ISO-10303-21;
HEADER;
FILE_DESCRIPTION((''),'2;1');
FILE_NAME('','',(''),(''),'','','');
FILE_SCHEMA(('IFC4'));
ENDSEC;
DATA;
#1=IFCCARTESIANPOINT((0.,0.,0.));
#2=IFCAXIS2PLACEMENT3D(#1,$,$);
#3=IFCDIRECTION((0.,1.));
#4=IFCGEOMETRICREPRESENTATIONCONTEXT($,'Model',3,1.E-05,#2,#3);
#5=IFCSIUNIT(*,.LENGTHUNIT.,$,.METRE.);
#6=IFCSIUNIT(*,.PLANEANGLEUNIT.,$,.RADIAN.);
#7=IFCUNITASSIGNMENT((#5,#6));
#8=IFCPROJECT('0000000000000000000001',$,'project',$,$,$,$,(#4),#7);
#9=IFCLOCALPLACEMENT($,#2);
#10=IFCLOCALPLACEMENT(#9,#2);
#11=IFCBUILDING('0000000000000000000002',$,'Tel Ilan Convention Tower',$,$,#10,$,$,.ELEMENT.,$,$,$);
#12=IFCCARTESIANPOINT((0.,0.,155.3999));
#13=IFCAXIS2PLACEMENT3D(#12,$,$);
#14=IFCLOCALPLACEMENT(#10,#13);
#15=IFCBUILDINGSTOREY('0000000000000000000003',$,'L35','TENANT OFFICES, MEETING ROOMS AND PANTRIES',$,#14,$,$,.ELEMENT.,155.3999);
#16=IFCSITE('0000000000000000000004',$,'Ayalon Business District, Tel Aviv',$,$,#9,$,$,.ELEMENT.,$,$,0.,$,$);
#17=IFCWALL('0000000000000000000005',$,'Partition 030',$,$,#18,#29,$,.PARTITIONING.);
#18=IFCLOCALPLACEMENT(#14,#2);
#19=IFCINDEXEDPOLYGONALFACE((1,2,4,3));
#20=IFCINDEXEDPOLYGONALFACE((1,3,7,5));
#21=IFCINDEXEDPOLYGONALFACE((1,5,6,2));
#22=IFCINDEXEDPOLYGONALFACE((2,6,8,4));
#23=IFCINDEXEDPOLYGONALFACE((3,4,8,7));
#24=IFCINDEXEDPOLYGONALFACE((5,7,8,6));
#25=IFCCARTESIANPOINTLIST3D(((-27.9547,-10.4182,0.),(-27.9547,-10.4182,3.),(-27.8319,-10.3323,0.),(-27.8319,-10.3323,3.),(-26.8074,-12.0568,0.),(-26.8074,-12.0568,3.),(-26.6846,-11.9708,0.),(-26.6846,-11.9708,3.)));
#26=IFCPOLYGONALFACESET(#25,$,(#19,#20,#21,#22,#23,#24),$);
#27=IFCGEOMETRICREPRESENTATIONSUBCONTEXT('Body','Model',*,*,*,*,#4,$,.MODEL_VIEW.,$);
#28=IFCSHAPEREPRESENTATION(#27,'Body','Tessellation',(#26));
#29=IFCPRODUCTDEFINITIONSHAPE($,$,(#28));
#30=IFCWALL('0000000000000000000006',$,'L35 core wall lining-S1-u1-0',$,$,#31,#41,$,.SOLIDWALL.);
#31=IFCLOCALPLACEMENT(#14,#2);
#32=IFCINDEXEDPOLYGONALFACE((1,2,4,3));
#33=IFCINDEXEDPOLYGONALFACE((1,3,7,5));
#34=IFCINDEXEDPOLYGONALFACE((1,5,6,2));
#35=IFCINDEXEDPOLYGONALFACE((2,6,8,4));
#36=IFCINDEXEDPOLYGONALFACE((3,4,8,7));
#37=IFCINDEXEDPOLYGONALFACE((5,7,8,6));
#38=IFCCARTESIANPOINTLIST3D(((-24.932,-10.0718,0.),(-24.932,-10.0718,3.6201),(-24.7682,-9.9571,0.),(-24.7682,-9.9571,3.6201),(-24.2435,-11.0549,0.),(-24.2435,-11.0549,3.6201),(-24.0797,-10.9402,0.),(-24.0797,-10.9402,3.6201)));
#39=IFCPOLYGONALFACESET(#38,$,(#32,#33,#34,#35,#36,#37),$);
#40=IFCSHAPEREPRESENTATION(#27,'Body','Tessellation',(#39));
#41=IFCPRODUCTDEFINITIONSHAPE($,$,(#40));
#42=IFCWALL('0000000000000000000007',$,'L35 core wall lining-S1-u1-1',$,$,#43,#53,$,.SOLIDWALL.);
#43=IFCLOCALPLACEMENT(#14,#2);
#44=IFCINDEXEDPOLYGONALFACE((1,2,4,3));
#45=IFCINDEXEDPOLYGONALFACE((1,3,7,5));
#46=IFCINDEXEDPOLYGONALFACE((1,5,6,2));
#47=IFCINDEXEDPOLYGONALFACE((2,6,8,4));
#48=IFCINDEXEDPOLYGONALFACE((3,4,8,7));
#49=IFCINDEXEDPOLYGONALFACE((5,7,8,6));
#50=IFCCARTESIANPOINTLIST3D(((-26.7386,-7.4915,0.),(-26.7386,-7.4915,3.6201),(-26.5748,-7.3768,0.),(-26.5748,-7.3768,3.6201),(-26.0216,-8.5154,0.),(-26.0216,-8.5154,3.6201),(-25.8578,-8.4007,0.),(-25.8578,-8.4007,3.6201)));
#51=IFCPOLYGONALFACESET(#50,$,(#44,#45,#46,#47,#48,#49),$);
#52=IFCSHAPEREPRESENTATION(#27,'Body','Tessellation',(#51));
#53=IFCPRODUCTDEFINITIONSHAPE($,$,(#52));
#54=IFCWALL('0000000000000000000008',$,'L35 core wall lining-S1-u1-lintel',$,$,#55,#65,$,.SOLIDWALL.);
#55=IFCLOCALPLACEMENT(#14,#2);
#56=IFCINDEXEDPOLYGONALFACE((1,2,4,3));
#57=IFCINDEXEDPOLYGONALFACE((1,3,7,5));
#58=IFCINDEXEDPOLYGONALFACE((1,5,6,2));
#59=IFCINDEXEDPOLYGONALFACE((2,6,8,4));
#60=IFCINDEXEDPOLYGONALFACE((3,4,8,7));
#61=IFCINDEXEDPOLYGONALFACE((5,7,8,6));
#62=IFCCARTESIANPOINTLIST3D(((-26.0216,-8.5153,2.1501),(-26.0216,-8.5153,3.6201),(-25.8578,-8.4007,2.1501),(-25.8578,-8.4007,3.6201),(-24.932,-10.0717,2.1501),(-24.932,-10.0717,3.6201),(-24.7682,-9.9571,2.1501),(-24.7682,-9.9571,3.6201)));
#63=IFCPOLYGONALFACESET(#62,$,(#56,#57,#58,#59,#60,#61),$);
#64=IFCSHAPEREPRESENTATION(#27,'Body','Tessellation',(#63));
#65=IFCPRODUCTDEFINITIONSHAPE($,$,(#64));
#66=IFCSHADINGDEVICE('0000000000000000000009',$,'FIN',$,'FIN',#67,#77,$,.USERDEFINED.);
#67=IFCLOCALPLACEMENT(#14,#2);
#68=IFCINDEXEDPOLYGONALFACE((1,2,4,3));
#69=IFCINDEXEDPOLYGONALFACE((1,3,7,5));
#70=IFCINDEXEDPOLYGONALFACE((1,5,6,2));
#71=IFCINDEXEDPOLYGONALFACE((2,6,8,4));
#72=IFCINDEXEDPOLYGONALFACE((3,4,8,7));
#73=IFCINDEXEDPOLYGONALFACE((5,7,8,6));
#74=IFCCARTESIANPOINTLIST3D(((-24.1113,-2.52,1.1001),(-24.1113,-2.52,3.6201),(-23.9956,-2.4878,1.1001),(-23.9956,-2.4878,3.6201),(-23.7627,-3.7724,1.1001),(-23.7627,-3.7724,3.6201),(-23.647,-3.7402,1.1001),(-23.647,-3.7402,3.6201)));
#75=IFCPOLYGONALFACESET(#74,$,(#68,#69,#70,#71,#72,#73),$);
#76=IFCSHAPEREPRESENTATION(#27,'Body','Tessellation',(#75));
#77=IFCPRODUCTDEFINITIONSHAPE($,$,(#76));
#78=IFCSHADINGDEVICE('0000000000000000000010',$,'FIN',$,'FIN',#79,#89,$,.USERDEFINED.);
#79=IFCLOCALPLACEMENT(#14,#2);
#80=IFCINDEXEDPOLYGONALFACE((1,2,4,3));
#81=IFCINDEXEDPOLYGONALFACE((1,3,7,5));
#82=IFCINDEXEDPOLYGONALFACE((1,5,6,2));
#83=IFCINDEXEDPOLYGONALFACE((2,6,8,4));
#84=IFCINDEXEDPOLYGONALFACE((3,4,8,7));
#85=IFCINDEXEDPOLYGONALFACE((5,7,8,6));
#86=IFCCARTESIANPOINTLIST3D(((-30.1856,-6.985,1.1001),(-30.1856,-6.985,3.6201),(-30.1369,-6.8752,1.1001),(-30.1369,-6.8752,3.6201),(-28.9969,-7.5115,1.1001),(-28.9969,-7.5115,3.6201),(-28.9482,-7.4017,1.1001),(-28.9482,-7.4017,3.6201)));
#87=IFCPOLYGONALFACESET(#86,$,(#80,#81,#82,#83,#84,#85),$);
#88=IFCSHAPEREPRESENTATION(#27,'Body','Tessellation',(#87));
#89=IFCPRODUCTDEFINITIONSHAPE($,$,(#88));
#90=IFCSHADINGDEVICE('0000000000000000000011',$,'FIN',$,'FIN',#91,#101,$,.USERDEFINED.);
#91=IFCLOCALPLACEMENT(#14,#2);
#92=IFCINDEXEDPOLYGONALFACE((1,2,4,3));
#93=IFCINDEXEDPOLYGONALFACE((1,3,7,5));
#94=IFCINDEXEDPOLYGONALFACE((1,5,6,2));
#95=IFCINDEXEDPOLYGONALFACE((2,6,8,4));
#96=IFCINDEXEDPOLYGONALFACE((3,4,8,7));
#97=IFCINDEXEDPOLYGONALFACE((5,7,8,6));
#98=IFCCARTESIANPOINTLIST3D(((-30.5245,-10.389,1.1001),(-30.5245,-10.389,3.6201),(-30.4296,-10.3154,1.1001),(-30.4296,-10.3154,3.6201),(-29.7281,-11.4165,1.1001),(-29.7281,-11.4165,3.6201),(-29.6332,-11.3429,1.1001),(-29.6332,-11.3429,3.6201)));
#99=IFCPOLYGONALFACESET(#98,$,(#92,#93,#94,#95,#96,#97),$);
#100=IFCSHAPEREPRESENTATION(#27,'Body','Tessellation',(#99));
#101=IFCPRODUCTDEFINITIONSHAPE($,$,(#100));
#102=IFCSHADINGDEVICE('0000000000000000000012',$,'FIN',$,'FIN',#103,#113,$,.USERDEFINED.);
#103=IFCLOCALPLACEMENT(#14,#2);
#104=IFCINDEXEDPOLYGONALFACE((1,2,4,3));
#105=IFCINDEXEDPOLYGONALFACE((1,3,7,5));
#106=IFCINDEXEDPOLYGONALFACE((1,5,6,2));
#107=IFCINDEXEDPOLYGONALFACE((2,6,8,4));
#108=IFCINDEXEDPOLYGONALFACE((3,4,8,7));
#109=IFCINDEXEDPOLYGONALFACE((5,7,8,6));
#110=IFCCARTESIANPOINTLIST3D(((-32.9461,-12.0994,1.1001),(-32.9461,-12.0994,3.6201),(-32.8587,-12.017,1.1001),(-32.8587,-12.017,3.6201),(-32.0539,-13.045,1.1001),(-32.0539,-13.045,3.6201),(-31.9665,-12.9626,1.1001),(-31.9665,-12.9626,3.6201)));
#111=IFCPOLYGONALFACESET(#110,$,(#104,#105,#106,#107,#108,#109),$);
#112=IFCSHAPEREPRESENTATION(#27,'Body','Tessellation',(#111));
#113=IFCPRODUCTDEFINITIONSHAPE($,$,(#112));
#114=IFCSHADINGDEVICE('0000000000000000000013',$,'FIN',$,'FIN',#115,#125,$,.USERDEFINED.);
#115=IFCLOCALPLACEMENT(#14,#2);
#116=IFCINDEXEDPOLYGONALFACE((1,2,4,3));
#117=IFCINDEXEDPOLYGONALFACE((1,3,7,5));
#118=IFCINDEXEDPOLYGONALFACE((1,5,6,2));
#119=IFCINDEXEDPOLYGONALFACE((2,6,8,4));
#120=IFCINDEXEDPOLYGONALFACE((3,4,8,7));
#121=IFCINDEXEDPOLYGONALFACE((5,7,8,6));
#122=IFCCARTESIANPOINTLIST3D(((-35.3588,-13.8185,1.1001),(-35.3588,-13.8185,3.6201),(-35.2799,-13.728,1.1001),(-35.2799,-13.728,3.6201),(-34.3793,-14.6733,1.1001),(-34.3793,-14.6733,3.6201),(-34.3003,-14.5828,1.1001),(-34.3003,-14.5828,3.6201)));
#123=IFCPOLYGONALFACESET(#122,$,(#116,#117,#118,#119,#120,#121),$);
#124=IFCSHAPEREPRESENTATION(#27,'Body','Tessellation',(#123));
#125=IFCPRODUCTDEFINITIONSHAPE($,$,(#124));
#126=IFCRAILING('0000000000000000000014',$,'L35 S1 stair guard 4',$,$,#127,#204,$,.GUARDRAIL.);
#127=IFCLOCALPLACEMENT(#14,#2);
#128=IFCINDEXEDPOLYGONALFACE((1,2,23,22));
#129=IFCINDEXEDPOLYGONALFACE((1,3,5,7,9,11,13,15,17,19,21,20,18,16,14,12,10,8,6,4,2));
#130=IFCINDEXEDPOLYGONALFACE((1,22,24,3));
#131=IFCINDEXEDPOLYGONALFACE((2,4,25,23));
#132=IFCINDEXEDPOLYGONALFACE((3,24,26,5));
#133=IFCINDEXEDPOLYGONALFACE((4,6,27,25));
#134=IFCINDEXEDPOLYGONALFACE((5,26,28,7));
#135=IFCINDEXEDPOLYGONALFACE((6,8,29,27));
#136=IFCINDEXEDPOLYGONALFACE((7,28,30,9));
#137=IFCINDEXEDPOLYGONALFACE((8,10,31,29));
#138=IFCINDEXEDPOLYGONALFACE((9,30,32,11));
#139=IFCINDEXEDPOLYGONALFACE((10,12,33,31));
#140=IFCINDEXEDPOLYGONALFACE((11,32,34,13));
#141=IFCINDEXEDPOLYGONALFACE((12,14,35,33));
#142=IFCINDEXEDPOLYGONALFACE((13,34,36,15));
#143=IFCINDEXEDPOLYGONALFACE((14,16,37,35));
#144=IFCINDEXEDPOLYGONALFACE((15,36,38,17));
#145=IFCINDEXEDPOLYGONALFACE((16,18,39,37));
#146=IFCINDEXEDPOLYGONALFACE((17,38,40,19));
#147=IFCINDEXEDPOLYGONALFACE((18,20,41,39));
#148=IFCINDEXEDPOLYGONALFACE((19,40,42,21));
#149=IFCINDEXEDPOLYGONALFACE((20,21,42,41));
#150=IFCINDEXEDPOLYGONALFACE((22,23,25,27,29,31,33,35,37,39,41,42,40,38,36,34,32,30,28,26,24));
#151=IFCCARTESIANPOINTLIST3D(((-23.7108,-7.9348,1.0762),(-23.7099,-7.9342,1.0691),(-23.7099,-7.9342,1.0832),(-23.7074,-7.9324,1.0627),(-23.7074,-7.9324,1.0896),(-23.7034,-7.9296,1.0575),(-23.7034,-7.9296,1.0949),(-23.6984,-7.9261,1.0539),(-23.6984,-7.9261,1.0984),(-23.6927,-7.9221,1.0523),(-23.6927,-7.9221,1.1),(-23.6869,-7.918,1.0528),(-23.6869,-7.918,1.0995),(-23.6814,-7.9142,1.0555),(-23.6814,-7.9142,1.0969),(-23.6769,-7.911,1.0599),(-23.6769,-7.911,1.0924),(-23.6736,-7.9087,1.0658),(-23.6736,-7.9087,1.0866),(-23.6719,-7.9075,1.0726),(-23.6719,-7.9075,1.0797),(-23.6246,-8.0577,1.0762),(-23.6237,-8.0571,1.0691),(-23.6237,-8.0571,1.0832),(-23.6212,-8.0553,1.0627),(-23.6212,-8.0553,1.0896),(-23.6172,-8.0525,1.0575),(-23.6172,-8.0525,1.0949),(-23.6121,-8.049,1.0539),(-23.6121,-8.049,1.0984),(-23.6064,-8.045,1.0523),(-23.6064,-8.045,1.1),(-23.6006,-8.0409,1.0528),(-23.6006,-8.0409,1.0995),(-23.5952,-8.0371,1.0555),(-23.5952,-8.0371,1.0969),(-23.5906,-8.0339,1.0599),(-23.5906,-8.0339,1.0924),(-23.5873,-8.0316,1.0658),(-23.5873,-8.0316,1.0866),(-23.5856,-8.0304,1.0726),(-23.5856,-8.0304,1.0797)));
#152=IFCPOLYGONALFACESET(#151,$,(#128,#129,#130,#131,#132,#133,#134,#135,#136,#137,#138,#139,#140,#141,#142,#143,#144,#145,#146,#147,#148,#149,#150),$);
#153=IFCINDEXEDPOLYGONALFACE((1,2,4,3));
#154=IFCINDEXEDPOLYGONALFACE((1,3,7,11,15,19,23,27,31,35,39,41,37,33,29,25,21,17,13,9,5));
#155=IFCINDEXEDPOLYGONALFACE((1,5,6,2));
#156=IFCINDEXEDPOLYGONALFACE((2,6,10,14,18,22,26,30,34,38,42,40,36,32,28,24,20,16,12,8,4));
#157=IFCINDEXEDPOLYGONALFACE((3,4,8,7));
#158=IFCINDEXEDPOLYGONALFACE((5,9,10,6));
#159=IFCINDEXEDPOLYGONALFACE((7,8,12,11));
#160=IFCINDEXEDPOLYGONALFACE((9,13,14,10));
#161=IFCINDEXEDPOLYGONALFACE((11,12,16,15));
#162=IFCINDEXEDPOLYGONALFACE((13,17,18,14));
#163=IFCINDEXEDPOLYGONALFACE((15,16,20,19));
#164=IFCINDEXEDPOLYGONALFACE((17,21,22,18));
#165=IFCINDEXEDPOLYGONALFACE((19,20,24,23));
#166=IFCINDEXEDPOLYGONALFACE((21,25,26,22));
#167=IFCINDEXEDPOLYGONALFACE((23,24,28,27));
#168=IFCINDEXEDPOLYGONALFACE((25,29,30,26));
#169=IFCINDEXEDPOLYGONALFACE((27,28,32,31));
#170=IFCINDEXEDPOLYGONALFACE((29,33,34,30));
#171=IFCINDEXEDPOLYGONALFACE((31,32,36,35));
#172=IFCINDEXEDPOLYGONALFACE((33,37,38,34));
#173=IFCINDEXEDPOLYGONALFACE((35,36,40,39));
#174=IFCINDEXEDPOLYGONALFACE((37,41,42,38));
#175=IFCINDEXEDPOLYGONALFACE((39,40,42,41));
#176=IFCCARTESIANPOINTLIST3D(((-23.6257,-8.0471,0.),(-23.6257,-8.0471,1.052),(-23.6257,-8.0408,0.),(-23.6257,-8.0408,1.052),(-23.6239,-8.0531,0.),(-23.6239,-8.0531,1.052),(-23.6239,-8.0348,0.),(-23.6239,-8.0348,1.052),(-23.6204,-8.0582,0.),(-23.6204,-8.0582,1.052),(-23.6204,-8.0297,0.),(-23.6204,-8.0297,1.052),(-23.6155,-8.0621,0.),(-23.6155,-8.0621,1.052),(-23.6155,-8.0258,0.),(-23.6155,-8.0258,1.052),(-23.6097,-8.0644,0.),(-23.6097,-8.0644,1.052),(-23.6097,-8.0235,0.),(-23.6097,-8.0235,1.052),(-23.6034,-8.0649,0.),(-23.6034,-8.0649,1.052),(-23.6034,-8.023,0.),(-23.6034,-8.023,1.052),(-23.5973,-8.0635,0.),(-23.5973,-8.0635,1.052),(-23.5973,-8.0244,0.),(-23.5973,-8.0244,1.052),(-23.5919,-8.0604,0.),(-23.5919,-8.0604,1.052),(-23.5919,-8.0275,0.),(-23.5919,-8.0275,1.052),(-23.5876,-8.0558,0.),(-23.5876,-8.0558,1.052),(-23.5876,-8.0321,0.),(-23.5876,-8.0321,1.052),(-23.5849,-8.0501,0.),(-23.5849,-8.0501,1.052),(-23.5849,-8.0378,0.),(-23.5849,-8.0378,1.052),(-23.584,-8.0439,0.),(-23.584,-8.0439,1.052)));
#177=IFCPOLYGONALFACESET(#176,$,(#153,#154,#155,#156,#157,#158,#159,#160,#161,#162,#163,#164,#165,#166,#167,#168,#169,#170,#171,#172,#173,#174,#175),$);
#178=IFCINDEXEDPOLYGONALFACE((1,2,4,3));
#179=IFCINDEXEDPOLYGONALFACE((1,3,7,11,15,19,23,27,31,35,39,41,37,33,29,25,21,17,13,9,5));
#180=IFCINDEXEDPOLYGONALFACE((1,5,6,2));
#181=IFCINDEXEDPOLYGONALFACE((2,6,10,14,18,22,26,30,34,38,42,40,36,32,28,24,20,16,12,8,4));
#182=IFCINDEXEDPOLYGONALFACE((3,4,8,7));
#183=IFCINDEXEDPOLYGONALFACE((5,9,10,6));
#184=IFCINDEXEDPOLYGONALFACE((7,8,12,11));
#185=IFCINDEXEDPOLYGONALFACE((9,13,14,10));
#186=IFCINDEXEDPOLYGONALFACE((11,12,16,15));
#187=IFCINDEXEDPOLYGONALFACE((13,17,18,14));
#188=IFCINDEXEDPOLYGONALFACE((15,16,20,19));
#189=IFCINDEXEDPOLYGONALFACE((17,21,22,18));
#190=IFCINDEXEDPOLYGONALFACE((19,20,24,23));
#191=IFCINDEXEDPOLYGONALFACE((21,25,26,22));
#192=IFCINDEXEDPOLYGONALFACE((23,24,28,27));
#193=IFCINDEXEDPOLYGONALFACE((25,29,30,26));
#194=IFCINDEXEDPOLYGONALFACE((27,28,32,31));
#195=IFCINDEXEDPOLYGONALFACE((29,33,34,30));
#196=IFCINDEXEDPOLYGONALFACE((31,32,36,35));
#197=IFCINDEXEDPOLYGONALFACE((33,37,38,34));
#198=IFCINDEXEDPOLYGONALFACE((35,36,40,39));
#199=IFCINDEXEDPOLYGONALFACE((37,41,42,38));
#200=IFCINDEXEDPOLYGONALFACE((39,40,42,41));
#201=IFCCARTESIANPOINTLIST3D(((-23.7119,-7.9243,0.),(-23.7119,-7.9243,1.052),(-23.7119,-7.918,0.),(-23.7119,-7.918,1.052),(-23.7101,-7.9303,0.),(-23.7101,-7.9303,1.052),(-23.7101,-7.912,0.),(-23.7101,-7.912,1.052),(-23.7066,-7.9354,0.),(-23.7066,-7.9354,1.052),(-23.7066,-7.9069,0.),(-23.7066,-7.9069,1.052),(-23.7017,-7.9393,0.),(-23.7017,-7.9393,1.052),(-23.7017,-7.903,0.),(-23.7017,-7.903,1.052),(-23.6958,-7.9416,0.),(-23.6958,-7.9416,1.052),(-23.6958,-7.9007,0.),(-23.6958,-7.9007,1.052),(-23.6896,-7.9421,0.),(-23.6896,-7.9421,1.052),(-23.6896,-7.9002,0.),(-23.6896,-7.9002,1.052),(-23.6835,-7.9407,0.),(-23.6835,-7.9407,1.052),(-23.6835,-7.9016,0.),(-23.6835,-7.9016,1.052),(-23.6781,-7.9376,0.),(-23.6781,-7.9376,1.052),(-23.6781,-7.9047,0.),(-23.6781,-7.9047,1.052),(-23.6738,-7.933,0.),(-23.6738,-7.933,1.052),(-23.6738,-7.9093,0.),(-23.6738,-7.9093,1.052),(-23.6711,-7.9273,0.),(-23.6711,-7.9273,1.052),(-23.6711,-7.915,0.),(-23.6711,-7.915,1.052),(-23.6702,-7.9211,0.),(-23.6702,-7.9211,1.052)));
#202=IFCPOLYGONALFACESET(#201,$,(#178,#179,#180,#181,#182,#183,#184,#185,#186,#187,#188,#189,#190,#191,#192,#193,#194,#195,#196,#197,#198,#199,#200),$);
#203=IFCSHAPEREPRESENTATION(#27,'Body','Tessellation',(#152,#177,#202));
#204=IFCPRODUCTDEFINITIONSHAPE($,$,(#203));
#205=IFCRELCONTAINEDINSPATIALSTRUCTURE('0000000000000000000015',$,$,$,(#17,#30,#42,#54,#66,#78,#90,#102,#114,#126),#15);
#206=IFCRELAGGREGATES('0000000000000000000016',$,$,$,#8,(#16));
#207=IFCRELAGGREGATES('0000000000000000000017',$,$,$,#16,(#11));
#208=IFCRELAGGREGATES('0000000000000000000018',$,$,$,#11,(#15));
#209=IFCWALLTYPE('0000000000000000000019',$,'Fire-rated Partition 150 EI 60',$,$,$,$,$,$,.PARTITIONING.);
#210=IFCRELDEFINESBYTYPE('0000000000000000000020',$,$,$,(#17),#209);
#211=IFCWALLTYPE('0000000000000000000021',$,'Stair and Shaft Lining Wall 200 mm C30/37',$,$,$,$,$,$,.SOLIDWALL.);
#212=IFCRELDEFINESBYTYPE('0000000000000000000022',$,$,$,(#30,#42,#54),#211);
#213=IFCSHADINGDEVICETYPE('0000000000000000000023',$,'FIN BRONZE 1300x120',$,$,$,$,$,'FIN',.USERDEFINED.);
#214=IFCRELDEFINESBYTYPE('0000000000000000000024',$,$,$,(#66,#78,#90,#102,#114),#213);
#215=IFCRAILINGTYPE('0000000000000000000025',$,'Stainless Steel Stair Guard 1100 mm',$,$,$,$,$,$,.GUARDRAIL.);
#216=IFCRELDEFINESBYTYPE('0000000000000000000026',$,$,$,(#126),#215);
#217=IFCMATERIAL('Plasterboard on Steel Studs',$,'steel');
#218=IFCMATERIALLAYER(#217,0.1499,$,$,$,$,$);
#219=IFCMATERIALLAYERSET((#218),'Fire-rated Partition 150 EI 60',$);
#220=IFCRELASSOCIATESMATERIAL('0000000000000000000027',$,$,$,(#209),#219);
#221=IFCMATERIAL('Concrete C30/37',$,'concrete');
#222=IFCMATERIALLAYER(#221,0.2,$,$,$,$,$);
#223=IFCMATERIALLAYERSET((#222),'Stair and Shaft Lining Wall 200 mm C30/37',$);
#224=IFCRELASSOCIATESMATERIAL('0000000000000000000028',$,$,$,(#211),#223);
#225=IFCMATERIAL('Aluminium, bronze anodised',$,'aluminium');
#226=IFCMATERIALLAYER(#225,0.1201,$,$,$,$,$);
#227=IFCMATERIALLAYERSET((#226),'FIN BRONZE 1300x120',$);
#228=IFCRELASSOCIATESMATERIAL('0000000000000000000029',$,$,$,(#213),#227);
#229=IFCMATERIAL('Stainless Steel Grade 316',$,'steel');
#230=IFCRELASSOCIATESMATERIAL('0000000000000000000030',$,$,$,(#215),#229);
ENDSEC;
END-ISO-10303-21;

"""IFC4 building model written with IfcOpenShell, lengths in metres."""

from ifc_helpers import new_model, si_unit, direction, frame, frame_2d, origin, origin_2d, place, context, subcontext, project, spatial, rectangle, circle, extrude, material, layer, layer_set, type_object, element, save


model = new_model("IFC4")

# Units and contexts
model_context = context("Model", 3, precision=1e-05, world=origin(), true_north=direction((0.0, 1.0)))
body_context = subcontext(model_context, "Body", "Model", "MODEL_VIEW")
ifc_project = project(units=[si_unit("LENGTHUNIT", "METRE"), si_unit("PLANEANGLEUNIT", "RADIAN")], contexts=[model_context])

# Site, building, storey
site_placement = place(None, origin())
site = spatial("IfcSite", under=ifc_project, at=site_placement, Name="Ayalon Business District, Tel Aviv", CompositionType="ELEMENT", RefElevation=0.0)
building_placement = place(site_placement, origin())
building = spatial("IfcBuilding", under=site, at=building_placement, Name="Tel Ilan Convention Tower", CompositionType="ELEMENT")
storey_placement = place(building_placement, frame((0.0, 0.0, 155.3999)))
storey = spatial("IfcBuildingStorey", under=building, at=storey_placement, Name="L35", Description="TENANT OFFICES, MEETING ROOMS AND PANTRIES", CompositionType="ELEMENT", Elevation=155.3999)

# Walls
ifc_material_1 = material(Name="Plasterboard on Steel Studs", Category="steel")
ifc_layer_1 = layer(ifc_material_1, 0.1499)
ifc_layer_set_1 = layer_set([ifc_layer_1], Name="Fire-rated Partition 150 EI 60")
wall_type_1 = type_object("IfcWallType", Name="Fire-rated Partition 150 EI 60", PredefinedType="PARTITIONING", material=ifc_layer_set_1)
wall_1_placement = place(storey_placement, frame((-26.7461, -12.0137, 0.0), z_axis=(0.0, 0.0, 1.0), x_axis=(-0.573569, 0.819157, 0.0)))
element("IfcWall", 1, at=wall_1_placement, inside=storey, type_object=wall_type_1, Name="Partition 030", PredefinedType="PARTITIONING", context=body_context, shape_type="SweptSolid", body=[
    extrude(rectangle(XDim=2.0002, YDim=0.1499, at=frame_2d((1.0, 0.0))), origin(), (0.0, 0.0, 1.0), 3.0),
])
ifc_material_2 = material(Name="Concrete C30/37", Category="concrete")
ifc_layer_2 = layer(ifc_material_2, 0.2)
ifc_layer_set_2 = layer_set([ifc_layer_2], Name="Stair and Shaft Lining Wall 200 mm C30/37")
wall_type_2 = type_object("IfcWallType", Name="Stair and Shaft Lining Wall 200 mm C30/37", PredefinedType="SOLIDWALL", material=ifc_layer_set_2)
wall_2_placement = place(storey_placement, frame((-24.1616, -10.9976, 0.0), z_axis=(0.0, 0.0, 1.0), x_axis=(-0.573613, 0.819127, 0.0)))
element("IfcWall", 2, at=wall_2_placement, inside=storey, type_object=wall_type_2, Name="L35 core wall lining-S1-u1-0", PredefinedType="SOLIDWALL", context=body_context, shape_type="SweptSolid", body=[
    extrude(rectangle(XDim=1.2002, YDim=0.2, at=frame_2d((0.6001, 0.0))), origin(), (0.0, 0.0, 1.0), 3.6201),
])
wall_3_placement = place(storey_placement, frame((-25.9397, -8.458, 0.0), z_axis=(0.0, 0.0, 1.0), x_axis=(-0.57362, 0.819122, 0.0)))
element("IfcWall", 3, at=wall_3_placement, inside=storey, type_object=wall_type_2, Name="L35 core wall lining-S1-u1-1", PredefinedType="SOLIDWALL", context=body_context, shape_type="SweptSolid", body=[
    extrude(rectangle(XDim=1.25, YDim=0.2, at=frame_2d((0.625, 0.0))), origin(), (0.0, 0.0, 1.0), 3.6201),
])
wall_4_placement = place(storey_placement, frame((-24.8501, -10.0144, 2.1501), z_axis=(0.0, 0.0, 1.0), x_axis=(-0.573505, 0.819202, 0.0)))
element("IfcWall", 4, at=wall_4_placement, inside=storey, type_object=wall_type_2, Name="L35 core wall lining-S1-u1-lintel", PredefinedType="SOLIDWALL", context=body_context, shape_type="SweptSolid", body=[
    extrude(rectangle(XDim=1.8999, YDim=0.2, at=frame_2d((0.95, 0.0))), origin(), (0.0, 0.0, 1.0), 1.47),
])

# Shading devices
ifc_material_3 = material(Name="Aluminium, bronze anodised", Category="aluminium")
ifc_layer_3 = layer(ifc_material_3, 0.1201)
ifc_layer_set_3 = layer_set([ifc_layer_3], Name="FIN BRONZE 1300x120")
shading_device_type = type_object("IfcShadingDeviceType", Name="FIN BRONZE 1300x120", ElementType="FIN", PredefinedType="USERDEFINED", material=ifc_layer_set_3)
for number, where, z_axis, x_axis, name in (
    (5, (-23.8792, -3.1301, 1.1001), (0.0, 0.0, 1.0), (-0.268173, 0.963371, 0.0), "FIN"),
    (6, (-29.5669, -7.1934, 1.1001), (0.0, 0.0, 1.0), (-0.914333, 0.404964, 0.0), "FIN"),
    (7, (-30.0789, -10.866, 1.1001), (0.0, 0.0, 1.0), (-0.612601, 0.790393, 0.0), "FIN"),
    (8, (-32.4563, -12.531, 1.1001), (0.0, 0.0, 1.0), (-0.686242, 0.727374, 0.0), "FIN"),
    (9, (-34.8296, -14.2007, 1.1001), (0.0, 0.0, 1.0), (-0.753436, 0.657521, 0.0), "FIN"),
):
    element("IfcShadingDevice", number, at=place(storey_placement, frame(where, z_axis=z_axis, x_axis=x_axis)), inside=storey, type_object=shading_device_type, Name=name, ObjectType="FIN", PredefinedType="USERDEFINED", context=body_context, shape_type="SweptSolid", body=[
        extrude(rectangle(XDim=1.3, YDim=0.1201, at=origin_2d()), origin(), (0.0, 0.0, 1.0), 2.52),
    ])

# Railing
ifc_material_4 = material(Name="Stainless Steel Grade 316", Category="steel")
railing_type = type_object("IfcRailingType", Name="Stainless Steel Stair Guard 1100 mm", PredefinedType="GUARDRAIL", material=ifc_material_4)
railing_placement = place(storey_placement, frame((-23.605, -8.0439, 0.0)))
element("IfcRailing", 10, at=railing_placement, inside=storey, type_object=railing_type, Name="L35 S1 stair guard 4", PredefinedType="GUARDRAIL", context=body_context, shape_type="SweptSolid", body=[
    extrude(circle(Radius=0.0239, at=origin_2d()), frame((0.0, 0.0, 1.0762), z_axis=(-0.574445, 0.818543, 0.0), x_axis=(-0.818543, -0.574445, 0.0)), (0.0, 0.0, 1.0), 0.1501),
    extrude(circle(Radius=0.021, at=origin_2d()), origin(), (0.0, 0.0, 1.0), 1.052),
    extrude(circle(Radius=0.021, at=origin_2d()), frame((-0.0862, 0.1228, 0.0)), (0.0, 0.0, 1.0), 1.052),
])

save(model, "model.ifc")
